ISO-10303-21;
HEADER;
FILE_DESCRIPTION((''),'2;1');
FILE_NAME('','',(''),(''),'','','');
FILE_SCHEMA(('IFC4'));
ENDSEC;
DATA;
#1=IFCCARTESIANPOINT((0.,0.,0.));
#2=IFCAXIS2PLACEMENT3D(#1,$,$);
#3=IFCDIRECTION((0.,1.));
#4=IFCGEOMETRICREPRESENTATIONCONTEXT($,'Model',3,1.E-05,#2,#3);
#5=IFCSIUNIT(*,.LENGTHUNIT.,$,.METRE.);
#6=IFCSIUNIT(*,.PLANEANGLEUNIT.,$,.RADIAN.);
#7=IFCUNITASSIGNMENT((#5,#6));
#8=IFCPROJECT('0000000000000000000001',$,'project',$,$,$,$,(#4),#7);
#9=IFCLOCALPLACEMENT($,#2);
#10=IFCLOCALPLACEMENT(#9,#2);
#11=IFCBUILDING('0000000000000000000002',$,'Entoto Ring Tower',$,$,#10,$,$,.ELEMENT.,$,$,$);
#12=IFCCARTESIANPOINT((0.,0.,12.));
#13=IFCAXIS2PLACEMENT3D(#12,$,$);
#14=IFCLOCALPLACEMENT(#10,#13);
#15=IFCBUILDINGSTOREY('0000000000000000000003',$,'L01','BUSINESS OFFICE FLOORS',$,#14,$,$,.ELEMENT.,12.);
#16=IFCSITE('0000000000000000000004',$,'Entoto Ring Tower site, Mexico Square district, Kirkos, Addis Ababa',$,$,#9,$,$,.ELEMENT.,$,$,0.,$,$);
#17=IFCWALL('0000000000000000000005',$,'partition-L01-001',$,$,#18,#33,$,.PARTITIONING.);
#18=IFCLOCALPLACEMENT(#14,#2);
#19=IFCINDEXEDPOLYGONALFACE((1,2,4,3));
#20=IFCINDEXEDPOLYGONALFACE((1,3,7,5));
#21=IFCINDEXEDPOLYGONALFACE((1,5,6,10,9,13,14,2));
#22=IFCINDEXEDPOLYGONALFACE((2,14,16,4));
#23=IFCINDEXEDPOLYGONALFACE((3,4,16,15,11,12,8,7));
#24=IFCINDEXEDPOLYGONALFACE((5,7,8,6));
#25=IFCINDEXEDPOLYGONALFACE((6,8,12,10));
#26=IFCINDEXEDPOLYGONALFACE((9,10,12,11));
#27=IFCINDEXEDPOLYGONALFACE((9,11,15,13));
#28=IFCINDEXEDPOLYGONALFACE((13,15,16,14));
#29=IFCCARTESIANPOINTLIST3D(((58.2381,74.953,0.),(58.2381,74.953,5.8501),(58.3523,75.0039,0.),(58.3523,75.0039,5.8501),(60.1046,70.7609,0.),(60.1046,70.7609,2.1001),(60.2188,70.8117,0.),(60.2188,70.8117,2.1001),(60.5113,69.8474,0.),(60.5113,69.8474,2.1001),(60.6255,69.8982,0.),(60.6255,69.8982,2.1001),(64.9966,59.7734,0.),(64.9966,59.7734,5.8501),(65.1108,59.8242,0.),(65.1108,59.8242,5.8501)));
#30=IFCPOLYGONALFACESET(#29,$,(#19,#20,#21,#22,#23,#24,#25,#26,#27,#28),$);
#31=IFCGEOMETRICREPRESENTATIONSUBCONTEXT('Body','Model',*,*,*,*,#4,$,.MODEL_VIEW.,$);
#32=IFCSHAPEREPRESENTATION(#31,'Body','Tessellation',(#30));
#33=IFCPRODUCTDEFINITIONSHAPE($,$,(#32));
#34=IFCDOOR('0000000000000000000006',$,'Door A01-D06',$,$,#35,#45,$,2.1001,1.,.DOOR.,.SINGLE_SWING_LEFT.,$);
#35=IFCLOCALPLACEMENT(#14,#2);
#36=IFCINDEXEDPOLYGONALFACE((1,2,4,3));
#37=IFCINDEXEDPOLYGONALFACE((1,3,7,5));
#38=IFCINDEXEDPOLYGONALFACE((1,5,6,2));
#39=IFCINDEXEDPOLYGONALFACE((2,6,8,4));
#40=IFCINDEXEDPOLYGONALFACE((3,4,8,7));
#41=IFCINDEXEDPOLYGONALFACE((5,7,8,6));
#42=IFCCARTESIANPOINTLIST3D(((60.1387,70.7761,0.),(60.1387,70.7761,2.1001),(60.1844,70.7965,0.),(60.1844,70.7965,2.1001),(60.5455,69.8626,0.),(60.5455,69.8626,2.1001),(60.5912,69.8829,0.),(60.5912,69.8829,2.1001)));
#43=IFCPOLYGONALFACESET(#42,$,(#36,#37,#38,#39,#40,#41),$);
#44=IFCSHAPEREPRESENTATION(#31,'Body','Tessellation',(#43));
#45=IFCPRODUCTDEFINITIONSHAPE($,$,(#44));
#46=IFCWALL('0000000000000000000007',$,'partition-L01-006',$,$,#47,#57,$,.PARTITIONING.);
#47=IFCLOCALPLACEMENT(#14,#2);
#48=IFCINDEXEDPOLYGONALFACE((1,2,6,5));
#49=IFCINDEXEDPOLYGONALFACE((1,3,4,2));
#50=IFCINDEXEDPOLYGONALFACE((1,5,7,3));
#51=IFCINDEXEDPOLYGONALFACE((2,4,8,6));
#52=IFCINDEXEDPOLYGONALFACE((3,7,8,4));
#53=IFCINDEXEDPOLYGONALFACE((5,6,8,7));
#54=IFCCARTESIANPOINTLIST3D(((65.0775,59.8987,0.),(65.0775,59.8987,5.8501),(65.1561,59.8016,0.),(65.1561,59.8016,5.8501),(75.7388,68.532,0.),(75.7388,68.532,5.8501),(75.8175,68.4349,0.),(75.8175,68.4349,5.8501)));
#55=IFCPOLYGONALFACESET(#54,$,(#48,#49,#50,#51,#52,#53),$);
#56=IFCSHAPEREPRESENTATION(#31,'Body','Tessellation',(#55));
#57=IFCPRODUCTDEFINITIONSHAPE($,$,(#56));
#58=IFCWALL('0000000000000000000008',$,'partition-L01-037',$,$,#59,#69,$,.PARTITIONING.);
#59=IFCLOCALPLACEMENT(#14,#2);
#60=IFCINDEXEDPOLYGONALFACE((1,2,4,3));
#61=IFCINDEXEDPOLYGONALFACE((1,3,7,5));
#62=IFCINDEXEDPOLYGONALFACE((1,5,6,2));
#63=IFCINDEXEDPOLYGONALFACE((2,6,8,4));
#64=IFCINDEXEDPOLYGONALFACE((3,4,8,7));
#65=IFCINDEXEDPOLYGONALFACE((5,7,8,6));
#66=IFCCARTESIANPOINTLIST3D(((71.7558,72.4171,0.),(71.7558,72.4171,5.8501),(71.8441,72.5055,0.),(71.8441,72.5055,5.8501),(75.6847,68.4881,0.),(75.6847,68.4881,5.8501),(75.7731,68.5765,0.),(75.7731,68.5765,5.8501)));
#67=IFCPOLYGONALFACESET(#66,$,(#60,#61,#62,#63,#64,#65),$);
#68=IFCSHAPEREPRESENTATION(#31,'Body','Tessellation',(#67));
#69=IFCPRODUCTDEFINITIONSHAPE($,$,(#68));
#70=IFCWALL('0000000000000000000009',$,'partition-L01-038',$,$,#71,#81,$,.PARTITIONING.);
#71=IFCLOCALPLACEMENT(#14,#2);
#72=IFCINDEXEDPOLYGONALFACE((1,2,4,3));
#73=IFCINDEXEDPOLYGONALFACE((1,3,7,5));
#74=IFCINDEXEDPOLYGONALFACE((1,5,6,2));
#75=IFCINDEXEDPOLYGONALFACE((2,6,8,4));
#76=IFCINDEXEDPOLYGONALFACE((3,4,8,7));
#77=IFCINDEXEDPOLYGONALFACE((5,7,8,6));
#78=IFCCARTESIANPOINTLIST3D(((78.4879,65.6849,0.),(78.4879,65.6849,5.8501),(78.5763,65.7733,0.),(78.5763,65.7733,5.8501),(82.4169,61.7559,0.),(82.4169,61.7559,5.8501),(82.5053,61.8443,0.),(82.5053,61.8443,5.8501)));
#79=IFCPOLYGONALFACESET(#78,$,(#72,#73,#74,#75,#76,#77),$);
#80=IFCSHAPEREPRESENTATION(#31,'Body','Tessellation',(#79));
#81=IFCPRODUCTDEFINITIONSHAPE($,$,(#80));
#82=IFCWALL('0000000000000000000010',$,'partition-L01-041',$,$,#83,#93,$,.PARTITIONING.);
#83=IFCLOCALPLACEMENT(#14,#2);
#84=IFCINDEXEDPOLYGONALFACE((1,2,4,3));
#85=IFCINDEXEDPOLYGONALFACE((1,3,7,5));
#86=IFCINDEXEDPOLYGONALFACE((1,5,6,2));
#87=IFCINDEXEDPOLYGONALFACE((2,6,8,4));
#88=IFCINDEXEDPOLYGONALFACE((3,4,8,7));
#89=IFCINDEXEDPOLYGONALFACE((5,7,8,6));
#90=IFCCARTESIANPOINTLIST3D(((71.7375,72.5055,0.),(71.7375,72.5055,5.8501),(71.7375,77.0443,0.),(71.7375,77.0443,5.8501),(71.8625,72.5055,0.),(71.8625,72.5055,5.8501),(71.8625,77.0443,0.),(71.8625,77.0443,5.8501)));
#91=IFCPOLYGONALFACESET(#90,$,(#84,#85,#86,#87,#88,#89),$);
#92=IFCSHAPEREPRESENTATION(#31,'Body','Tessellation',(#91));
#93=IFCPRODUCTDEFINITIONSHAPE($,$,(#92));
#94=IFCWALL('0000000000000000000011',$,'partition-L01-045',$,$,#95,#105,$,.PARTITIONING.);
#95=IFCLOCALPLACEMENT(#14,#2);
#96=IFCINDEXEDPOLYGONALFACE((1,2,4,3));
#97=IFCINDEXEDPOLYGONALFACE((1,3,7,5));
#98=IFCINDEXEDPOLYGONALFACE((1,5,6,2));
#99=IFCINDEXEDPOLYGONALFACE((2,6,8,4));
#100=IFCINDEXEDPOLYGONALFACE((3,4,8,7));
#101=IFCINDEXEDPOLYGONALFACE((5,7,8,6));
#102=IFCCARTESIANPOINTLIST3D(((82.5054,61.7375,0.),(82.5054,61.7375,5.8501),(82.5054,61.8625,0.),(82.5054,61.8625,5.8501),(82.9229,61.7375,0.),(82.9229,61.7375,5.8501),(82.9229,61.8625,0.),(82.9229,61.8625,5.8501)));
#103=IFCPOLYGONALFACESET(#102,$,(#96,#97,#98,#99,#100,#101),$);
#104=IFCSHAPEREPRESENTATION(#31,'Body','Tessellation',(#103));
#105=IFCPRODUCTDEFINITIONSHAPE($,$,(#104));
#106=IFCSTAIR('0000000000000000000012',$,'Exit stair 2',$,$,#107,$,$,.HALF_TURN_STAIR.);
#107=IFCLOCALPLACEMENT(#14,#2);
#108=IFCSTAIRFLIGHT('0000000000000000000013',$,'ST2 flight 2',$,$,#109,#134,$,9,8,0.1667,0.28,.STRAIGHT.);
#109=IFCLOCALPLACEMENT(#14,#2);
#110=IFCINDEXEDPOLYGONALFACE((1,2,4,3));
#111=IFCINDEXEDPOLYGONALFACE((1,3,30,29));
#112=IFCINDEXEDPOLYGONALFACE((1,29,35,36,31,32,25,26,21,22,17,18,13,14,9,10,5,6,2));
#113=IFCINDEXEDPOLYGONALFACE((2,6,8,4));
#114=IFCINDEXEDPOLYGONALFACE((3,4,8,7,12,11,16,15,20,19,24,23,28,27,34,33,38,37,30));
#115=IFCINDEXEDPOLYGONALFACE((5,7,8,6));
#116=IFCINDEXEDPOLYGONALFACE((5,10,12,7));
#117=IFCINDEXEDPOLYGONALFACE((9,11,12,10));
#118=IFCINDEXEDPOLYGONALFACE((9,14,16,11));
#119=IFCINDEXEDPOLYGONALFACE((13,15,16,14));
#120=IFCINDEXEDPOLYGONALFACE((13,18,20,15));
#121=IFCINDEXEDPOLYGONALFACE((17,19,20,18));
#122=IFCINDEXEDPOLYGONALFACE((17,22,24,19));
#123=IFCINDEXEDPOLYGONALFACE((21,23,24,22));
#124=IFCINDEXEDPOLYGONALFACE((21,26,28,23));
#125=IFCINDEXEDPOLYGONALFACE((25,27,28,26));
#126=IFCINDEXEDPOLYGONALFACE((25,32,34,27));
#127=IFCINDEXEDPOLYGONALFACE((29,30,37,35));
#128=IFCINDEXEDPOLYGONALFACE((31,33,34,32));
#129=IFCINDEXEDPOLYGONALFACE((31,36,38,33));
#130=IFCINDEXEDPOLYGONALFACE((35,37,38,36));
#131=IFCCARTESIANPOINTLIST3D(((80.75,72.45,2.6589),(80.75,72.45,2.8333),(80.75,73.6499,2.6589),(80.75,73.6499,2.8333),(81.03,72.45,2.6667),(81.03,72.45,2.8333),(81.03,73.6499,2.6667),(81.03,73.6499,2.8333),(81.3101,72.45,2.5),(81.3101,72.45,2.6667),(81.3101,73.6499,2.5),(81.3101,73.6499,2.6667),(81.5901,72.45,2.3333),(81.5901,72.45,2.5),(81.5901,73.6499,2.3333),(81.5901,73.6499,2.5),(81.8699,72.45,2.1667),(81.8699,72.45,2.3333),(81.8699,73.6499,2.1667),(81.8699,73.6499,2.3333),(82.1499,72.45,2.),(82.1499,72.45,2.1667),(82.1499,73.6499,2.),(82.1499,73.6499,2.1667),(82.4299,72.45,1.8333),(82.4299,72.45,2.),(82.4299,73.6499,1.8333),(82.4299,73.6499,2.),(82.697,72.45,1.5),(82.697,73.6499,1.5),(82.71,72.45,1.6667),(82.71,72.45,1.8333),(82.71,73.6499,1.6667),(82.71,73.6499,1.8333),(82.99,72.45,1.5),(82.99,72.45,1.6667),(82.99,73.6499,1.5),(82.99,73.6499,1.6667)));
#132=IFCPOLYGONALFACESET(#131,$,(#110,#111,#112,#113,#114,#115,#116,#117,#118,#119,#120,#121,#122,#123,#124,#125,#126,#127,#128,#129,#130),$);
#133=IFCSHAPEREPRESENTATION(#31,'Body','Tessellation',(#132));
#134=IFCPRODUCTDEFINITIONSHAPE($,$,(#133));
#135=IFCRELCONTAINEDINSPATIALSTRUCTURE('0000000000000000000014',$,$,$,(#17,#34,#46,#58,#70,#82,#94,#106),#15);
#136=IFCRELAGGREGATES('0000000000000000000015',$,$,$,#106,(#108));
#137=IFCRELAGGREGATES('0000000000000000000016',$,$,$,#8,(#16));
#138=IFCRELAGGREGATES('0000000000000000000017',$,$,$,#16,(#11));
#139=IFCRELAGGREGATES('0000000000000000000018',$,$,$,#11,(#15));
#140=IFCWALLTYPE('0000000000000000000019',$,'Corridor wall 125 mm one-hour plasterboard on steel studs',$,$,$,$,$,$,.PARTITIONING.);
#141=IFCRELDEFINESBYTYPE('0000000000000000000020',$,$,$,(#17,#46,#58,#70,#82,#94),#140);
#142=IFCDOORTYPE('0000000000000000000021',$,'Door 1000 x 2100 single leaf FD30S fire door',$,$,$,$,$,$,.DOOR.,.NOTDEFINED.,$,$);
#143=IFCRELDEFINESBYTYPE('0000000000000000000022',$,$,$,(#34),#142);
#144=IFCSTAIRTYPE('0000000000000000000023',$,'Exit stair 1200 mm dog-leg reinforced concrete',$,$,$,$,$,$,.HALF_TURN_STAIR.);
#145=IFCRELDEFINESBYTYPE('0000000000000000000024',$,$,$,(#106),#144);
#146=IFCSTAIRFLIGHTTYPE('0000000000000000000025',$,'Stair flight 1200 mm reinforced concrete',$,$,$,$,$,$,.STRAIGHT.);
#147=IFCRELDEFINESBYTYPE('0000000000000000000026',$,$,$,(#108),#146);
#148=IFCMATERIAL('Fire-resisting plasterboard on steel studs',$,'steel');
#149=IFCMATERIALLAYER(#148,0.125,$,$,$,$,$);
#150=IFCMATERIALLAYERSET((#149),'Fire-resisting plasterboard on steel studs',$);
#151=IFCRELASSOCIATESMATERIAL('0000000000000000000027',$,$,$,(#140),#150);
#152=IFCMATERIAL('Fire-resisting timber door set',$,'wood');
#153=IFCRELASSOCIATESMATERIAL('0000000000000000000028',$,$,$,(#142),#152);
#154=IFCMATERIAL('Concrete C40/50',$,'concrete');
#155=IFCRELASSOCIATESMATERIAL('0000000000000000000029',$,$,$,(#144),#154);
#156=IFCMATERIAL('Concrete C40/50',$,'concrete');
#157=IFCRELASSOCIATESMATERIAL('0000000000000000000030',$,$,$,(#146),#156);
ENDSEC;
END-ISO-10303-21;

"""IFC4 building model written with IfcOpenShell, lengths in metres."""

from ifc_helpers import new_model, si_unit, direction, frame, frame_2d, origin, place, context, subcontext, project, spatial, polyline, rectangle, outline, extrude, material, layer, layer_set, type_object, element, fill, aggregate, save


model = new_model("IFC4")

# Units and contexts
model_context = context("Model", 3, precision=1e-05, world=origin(), true_north=direction((0.0, 1.0)))
body_context = subcontext(model_context, "Body", "Model", "MODEL_VIEW")
ifc_project = project(units=[si_unit("LENGTHUNIT", "METRE"), si_unit("PLANEANGLEUNIT", "RADIAN")], contexts=[model_context])

# Site, building, storey
site_placement = place(None, origin())
site = spatial("IfcSite", under=ifc_project, at=site_placement, Name="Entoto Ring Tower site, Mexico Square district, Kirkos, Addis Ababa", CompositionType="ELEMENT", RefElevation=0.0)
building_placement = place(site_placement, origin())
building = spatial("IfcBuilding", under=site, at=building_placement, Name="Entoto Ring Tower", CompositionType="ELEMENT")
storey_placement = place(building_placement, frame((0.0, 0.0, 12.0)))
storey = spatial("IfcBuildingStorey", under=building, at=storey_placement, Name="L01", Description="BUSINESS OFFICE FLOORS", CompositionType="ELEMENT", Elevation=12.0)

# Wall, opening, door
ifc_material_1 = material(Name="Fire-resisting plasterboard on steel studs", Category="steel")
ifc_layer_1 = layer(ifc_material_1, 0.125)
ifc_layer_set_1 = layer_set([ifc_layer_1], Name="Fire-resisting plasterboard on steel studs")
wall_type_1 = type_object("IfcWallType", Name="Corridor wall 125 mm one-hour plasterboard on steel studs", PredefinedType="PARTITIONING", material=ifc_layer_set_1)
wall_1_placement = place(storey_placement, frame((65.0537, 59.7988, 0.0), z_axis=(0.0, 0.0, 1.0), x_axis=(-0.406742, 0.913543, 0.0)))
wall_1 = element("IfcWall", 1, at=wall_1_placement, inside=storey, type_object=wall_type_1, Name="partition-L01-001", PredefinedType="PARTITIONING", context=body_context, shape_type="SweptSolid", body=[
    extrude(rectangle(XDim=16.6162, YDim=0.125, at=frame_2d((8.3081, 0.0))), origin(), (0.0, 0.0, 1.0), 5.8501),
])
opening_1_placement = place(wall_1_placement, frame((11.0273, 0.0, 0.0)))
opening_1 = element("IfcOpeningElement", 2, at=opening_1_placement, cuts=wall_1, PredefinedType="OPENING", context=body_context, shape_type="SweptSolid", body=[
    extrude(rectangle(XDim=1.0, YDim=2.1001, at=frame_2d((0.5, 1.05))), frame((0.0, 0.0725, 0.0), z_axis=(0.0, -1.0, 0.0), x_axis=(1.0, 0.0, 0.0)), (0.0, 0.0, 1.0), 0.145),
])
ifc_material_2 = material(Name="Fire-resisting timber door set", Category="wood")
door_type_1 = type_object("IfcDoorType", Name="Door 1000 x 2100 single leaf FD30S fire door", OperationType="NOTDEFINED", PredefinedType="DOOR", material=ifc_material_2)
door_1_placement = place(opening_1_placement, frame((1.0, 0.0, 0.0), z_axis=(0.0, 0.0, 1.0), x_axis=(-1.0, 0.0, 0.0)))
door_1 = element("IfcDoor", 3, at=door_1_placement, inside=storey, type_object=door_type_1, Name="Door A01-D06", OperationType="SINGLE_SWING_LEFT", OverallHeight=2.1001, OverallWidth=1.0, PredefinedType="DOOR", context=body_context, shape_type="SweptSolid", body=[
    extrude(rectangle(XDim=1.0, YDim=2.1001, at=frame_2d((0.5, 1.05))), frame((0.0, 0.0249, 0.0), z_axis=(0.0, -1.0, 0.0), x_axis=(1.0, 0.0, 0.0)), (0.0, 0.0, 1.0), 0.05),
])
fill(opening_1, door_1)

# Walls
wall_2_placement = place(storey_placement, frame((65.1167, 59.8501, 0.0), z_axis=(0.0, 0.0, 1.0), x_axis=(0.77715, 0.629315, 0.0)))
element("IfcWall", 4, at=wall_2_placement, inside=storey, type_object=wall_type_1, Name="partition-L01-006", PredefinedType="PARTITIONING", context=body_context, shape_type="SweptSolid", body=[
    extrude(rectangle(XDim=13.7185, YDim=0.125, at=frame_2d((6.8594, 0.0))), origin(), (0.0, 0.0, 1.0), 5.8501),
])
for number, where, z_axis, x_axis, name in (
    (5, (75.729, 68.5322, 0.0), (0.0, 0.0, 1.0), (-0.707107, 0.707107, 0.0), "partition-L01-037"),
    (6, (82.4612, 61.8, 0.0), (0.0, 0.0, 1.0), (-0.707107, 0.707107, 0.0), "partition-L01-038"),
):
    element("IfcWall", number, at=place(storey_placement, frame(where, z_axis=z_axis, x_axis=x_axis)), inside=storey, type_object=wall_type_1, Name=name, PredefinedType="PARTITIONING", context=body_context, shape_type="SweptSolid", body=[
        extrude(rectangle(XDim=5.5564, YDim=0.125, at=frame_2d((2.7783, 0.0))), origin(), (0.0, 0.0, 1.0), 5.8501),
    ])
wall_3_placement = place(storey_placement, frame((71.8, 72.5054, 0.0), z_axis=(0.0, 0.0, 1.0), x_axis=(0.0, 1.0, 0.0)))
element("IfcWall", 7, at=wall_3_placement, inside=storey, type_object=wall_type_1, Name="partition-L01-041", PredefinedType="PARTITIONING", context=body_context, shape_type="SweptSolid", body=[
    extrude(rectangle(XDim=4.5388, YDim=0.125, at=frame_2d((2.2695, 0.0))), origin(), (0.0, 0.0, 1.0), 5.8501),
])
wall_4_placement = place(storey_placement, frame((82.5054, 61.8, 0.0), z_axis=(0.0, 0.0, 1.0), x_axis=(1.0, 0.0, 0.0)))
element("IfcWall", 8, at=wall_4_placement, inside=storey, type_object=wall_type_1, Name="partition-L01-045", PredefinedType="PARTITIONING", context=body_context, shape_type="SweptSolid", body=[
    extrude(rectangle(XDim=0.4175, YDim=0.125, at=frame_2d((0.2087, 0.0))), origin(), (0.0, 0.0, 1.0), 5.8501),
])

# Stair, stair flight
ifc_material_3 = material(Name="Concrete C40/50", Category="concrete")
stair_type = type_object("IfcStairType", Name="Exit stair 1200 mm dog-leg reinforced concrete", PredefinedType="HALF_TURN_STAIR", material=ifc_material_3)
stair_placement = place(storey_placement, origin())
stair = element("IfcStair", 9, at=stair_placement, inside=storey, type_object=stair_type, Name="Exit stair 2", PredefinedType="HALF_TURN_STAIR")
ifc_material_4 = material(Name="Concrete C40/50", Category="concrete")
stair_flight_type = type_object("IfcStairFlightType", Name="Stair flight 1200 mm reinforced concrete", PredefinedType="STRAIGHT", material=ifc_material_4)
stair_flight_placement = place(storey_placement, frame((82.99, 73.05, 1.5), z_axis=(0.0, 0.0, 1.0), x_axis=(-1.0, 0.0, 0.0)))
stair_flight = element("IfcStairFlight", 10, at=stair_flight_placement, type_object=stair_flight_type, Name="ST2 flight 2", NumberOfRisers=9, NumberOfTreads=8, PredefinedType="STRAIGHT", RiserHeight=0.1667, TreadLength=0.28, context=body_context, shape_type="SweptSolid", body=[
    extrude(outline(polyline([(0.0, 0.0), (0.0, 0.1667), (0.28, 0.1667), (0.28, 0.3333), (0.5601, 0.3333), (0.5601, 0.5), (0.8401, 0.5), (0.8401, 0.6667), (1.1201, 0.6667), (1.1201, 0.8333), (1.3999, 0.8333), (1.3999, 1.0), (1.6799, 1.0), (1.6799, 1.1667), (1.96, 1.1667), (1.96, 1.3333), (2.24, 1.3333), (2.24, 1.5), (2.24, 1.1589), (0.293, 0.0), (0.0, 0.0)])), frame((0.0, 0.6001, 0.0), z_axis=(0.0, -1.0, 0.0), x_axis=(1.0, 0.0, 0.0)), (0.0, 0.0, 1.0), 1.2),
])
aggregate(stair, [stair_flight])

save(model, "model.ifc")
